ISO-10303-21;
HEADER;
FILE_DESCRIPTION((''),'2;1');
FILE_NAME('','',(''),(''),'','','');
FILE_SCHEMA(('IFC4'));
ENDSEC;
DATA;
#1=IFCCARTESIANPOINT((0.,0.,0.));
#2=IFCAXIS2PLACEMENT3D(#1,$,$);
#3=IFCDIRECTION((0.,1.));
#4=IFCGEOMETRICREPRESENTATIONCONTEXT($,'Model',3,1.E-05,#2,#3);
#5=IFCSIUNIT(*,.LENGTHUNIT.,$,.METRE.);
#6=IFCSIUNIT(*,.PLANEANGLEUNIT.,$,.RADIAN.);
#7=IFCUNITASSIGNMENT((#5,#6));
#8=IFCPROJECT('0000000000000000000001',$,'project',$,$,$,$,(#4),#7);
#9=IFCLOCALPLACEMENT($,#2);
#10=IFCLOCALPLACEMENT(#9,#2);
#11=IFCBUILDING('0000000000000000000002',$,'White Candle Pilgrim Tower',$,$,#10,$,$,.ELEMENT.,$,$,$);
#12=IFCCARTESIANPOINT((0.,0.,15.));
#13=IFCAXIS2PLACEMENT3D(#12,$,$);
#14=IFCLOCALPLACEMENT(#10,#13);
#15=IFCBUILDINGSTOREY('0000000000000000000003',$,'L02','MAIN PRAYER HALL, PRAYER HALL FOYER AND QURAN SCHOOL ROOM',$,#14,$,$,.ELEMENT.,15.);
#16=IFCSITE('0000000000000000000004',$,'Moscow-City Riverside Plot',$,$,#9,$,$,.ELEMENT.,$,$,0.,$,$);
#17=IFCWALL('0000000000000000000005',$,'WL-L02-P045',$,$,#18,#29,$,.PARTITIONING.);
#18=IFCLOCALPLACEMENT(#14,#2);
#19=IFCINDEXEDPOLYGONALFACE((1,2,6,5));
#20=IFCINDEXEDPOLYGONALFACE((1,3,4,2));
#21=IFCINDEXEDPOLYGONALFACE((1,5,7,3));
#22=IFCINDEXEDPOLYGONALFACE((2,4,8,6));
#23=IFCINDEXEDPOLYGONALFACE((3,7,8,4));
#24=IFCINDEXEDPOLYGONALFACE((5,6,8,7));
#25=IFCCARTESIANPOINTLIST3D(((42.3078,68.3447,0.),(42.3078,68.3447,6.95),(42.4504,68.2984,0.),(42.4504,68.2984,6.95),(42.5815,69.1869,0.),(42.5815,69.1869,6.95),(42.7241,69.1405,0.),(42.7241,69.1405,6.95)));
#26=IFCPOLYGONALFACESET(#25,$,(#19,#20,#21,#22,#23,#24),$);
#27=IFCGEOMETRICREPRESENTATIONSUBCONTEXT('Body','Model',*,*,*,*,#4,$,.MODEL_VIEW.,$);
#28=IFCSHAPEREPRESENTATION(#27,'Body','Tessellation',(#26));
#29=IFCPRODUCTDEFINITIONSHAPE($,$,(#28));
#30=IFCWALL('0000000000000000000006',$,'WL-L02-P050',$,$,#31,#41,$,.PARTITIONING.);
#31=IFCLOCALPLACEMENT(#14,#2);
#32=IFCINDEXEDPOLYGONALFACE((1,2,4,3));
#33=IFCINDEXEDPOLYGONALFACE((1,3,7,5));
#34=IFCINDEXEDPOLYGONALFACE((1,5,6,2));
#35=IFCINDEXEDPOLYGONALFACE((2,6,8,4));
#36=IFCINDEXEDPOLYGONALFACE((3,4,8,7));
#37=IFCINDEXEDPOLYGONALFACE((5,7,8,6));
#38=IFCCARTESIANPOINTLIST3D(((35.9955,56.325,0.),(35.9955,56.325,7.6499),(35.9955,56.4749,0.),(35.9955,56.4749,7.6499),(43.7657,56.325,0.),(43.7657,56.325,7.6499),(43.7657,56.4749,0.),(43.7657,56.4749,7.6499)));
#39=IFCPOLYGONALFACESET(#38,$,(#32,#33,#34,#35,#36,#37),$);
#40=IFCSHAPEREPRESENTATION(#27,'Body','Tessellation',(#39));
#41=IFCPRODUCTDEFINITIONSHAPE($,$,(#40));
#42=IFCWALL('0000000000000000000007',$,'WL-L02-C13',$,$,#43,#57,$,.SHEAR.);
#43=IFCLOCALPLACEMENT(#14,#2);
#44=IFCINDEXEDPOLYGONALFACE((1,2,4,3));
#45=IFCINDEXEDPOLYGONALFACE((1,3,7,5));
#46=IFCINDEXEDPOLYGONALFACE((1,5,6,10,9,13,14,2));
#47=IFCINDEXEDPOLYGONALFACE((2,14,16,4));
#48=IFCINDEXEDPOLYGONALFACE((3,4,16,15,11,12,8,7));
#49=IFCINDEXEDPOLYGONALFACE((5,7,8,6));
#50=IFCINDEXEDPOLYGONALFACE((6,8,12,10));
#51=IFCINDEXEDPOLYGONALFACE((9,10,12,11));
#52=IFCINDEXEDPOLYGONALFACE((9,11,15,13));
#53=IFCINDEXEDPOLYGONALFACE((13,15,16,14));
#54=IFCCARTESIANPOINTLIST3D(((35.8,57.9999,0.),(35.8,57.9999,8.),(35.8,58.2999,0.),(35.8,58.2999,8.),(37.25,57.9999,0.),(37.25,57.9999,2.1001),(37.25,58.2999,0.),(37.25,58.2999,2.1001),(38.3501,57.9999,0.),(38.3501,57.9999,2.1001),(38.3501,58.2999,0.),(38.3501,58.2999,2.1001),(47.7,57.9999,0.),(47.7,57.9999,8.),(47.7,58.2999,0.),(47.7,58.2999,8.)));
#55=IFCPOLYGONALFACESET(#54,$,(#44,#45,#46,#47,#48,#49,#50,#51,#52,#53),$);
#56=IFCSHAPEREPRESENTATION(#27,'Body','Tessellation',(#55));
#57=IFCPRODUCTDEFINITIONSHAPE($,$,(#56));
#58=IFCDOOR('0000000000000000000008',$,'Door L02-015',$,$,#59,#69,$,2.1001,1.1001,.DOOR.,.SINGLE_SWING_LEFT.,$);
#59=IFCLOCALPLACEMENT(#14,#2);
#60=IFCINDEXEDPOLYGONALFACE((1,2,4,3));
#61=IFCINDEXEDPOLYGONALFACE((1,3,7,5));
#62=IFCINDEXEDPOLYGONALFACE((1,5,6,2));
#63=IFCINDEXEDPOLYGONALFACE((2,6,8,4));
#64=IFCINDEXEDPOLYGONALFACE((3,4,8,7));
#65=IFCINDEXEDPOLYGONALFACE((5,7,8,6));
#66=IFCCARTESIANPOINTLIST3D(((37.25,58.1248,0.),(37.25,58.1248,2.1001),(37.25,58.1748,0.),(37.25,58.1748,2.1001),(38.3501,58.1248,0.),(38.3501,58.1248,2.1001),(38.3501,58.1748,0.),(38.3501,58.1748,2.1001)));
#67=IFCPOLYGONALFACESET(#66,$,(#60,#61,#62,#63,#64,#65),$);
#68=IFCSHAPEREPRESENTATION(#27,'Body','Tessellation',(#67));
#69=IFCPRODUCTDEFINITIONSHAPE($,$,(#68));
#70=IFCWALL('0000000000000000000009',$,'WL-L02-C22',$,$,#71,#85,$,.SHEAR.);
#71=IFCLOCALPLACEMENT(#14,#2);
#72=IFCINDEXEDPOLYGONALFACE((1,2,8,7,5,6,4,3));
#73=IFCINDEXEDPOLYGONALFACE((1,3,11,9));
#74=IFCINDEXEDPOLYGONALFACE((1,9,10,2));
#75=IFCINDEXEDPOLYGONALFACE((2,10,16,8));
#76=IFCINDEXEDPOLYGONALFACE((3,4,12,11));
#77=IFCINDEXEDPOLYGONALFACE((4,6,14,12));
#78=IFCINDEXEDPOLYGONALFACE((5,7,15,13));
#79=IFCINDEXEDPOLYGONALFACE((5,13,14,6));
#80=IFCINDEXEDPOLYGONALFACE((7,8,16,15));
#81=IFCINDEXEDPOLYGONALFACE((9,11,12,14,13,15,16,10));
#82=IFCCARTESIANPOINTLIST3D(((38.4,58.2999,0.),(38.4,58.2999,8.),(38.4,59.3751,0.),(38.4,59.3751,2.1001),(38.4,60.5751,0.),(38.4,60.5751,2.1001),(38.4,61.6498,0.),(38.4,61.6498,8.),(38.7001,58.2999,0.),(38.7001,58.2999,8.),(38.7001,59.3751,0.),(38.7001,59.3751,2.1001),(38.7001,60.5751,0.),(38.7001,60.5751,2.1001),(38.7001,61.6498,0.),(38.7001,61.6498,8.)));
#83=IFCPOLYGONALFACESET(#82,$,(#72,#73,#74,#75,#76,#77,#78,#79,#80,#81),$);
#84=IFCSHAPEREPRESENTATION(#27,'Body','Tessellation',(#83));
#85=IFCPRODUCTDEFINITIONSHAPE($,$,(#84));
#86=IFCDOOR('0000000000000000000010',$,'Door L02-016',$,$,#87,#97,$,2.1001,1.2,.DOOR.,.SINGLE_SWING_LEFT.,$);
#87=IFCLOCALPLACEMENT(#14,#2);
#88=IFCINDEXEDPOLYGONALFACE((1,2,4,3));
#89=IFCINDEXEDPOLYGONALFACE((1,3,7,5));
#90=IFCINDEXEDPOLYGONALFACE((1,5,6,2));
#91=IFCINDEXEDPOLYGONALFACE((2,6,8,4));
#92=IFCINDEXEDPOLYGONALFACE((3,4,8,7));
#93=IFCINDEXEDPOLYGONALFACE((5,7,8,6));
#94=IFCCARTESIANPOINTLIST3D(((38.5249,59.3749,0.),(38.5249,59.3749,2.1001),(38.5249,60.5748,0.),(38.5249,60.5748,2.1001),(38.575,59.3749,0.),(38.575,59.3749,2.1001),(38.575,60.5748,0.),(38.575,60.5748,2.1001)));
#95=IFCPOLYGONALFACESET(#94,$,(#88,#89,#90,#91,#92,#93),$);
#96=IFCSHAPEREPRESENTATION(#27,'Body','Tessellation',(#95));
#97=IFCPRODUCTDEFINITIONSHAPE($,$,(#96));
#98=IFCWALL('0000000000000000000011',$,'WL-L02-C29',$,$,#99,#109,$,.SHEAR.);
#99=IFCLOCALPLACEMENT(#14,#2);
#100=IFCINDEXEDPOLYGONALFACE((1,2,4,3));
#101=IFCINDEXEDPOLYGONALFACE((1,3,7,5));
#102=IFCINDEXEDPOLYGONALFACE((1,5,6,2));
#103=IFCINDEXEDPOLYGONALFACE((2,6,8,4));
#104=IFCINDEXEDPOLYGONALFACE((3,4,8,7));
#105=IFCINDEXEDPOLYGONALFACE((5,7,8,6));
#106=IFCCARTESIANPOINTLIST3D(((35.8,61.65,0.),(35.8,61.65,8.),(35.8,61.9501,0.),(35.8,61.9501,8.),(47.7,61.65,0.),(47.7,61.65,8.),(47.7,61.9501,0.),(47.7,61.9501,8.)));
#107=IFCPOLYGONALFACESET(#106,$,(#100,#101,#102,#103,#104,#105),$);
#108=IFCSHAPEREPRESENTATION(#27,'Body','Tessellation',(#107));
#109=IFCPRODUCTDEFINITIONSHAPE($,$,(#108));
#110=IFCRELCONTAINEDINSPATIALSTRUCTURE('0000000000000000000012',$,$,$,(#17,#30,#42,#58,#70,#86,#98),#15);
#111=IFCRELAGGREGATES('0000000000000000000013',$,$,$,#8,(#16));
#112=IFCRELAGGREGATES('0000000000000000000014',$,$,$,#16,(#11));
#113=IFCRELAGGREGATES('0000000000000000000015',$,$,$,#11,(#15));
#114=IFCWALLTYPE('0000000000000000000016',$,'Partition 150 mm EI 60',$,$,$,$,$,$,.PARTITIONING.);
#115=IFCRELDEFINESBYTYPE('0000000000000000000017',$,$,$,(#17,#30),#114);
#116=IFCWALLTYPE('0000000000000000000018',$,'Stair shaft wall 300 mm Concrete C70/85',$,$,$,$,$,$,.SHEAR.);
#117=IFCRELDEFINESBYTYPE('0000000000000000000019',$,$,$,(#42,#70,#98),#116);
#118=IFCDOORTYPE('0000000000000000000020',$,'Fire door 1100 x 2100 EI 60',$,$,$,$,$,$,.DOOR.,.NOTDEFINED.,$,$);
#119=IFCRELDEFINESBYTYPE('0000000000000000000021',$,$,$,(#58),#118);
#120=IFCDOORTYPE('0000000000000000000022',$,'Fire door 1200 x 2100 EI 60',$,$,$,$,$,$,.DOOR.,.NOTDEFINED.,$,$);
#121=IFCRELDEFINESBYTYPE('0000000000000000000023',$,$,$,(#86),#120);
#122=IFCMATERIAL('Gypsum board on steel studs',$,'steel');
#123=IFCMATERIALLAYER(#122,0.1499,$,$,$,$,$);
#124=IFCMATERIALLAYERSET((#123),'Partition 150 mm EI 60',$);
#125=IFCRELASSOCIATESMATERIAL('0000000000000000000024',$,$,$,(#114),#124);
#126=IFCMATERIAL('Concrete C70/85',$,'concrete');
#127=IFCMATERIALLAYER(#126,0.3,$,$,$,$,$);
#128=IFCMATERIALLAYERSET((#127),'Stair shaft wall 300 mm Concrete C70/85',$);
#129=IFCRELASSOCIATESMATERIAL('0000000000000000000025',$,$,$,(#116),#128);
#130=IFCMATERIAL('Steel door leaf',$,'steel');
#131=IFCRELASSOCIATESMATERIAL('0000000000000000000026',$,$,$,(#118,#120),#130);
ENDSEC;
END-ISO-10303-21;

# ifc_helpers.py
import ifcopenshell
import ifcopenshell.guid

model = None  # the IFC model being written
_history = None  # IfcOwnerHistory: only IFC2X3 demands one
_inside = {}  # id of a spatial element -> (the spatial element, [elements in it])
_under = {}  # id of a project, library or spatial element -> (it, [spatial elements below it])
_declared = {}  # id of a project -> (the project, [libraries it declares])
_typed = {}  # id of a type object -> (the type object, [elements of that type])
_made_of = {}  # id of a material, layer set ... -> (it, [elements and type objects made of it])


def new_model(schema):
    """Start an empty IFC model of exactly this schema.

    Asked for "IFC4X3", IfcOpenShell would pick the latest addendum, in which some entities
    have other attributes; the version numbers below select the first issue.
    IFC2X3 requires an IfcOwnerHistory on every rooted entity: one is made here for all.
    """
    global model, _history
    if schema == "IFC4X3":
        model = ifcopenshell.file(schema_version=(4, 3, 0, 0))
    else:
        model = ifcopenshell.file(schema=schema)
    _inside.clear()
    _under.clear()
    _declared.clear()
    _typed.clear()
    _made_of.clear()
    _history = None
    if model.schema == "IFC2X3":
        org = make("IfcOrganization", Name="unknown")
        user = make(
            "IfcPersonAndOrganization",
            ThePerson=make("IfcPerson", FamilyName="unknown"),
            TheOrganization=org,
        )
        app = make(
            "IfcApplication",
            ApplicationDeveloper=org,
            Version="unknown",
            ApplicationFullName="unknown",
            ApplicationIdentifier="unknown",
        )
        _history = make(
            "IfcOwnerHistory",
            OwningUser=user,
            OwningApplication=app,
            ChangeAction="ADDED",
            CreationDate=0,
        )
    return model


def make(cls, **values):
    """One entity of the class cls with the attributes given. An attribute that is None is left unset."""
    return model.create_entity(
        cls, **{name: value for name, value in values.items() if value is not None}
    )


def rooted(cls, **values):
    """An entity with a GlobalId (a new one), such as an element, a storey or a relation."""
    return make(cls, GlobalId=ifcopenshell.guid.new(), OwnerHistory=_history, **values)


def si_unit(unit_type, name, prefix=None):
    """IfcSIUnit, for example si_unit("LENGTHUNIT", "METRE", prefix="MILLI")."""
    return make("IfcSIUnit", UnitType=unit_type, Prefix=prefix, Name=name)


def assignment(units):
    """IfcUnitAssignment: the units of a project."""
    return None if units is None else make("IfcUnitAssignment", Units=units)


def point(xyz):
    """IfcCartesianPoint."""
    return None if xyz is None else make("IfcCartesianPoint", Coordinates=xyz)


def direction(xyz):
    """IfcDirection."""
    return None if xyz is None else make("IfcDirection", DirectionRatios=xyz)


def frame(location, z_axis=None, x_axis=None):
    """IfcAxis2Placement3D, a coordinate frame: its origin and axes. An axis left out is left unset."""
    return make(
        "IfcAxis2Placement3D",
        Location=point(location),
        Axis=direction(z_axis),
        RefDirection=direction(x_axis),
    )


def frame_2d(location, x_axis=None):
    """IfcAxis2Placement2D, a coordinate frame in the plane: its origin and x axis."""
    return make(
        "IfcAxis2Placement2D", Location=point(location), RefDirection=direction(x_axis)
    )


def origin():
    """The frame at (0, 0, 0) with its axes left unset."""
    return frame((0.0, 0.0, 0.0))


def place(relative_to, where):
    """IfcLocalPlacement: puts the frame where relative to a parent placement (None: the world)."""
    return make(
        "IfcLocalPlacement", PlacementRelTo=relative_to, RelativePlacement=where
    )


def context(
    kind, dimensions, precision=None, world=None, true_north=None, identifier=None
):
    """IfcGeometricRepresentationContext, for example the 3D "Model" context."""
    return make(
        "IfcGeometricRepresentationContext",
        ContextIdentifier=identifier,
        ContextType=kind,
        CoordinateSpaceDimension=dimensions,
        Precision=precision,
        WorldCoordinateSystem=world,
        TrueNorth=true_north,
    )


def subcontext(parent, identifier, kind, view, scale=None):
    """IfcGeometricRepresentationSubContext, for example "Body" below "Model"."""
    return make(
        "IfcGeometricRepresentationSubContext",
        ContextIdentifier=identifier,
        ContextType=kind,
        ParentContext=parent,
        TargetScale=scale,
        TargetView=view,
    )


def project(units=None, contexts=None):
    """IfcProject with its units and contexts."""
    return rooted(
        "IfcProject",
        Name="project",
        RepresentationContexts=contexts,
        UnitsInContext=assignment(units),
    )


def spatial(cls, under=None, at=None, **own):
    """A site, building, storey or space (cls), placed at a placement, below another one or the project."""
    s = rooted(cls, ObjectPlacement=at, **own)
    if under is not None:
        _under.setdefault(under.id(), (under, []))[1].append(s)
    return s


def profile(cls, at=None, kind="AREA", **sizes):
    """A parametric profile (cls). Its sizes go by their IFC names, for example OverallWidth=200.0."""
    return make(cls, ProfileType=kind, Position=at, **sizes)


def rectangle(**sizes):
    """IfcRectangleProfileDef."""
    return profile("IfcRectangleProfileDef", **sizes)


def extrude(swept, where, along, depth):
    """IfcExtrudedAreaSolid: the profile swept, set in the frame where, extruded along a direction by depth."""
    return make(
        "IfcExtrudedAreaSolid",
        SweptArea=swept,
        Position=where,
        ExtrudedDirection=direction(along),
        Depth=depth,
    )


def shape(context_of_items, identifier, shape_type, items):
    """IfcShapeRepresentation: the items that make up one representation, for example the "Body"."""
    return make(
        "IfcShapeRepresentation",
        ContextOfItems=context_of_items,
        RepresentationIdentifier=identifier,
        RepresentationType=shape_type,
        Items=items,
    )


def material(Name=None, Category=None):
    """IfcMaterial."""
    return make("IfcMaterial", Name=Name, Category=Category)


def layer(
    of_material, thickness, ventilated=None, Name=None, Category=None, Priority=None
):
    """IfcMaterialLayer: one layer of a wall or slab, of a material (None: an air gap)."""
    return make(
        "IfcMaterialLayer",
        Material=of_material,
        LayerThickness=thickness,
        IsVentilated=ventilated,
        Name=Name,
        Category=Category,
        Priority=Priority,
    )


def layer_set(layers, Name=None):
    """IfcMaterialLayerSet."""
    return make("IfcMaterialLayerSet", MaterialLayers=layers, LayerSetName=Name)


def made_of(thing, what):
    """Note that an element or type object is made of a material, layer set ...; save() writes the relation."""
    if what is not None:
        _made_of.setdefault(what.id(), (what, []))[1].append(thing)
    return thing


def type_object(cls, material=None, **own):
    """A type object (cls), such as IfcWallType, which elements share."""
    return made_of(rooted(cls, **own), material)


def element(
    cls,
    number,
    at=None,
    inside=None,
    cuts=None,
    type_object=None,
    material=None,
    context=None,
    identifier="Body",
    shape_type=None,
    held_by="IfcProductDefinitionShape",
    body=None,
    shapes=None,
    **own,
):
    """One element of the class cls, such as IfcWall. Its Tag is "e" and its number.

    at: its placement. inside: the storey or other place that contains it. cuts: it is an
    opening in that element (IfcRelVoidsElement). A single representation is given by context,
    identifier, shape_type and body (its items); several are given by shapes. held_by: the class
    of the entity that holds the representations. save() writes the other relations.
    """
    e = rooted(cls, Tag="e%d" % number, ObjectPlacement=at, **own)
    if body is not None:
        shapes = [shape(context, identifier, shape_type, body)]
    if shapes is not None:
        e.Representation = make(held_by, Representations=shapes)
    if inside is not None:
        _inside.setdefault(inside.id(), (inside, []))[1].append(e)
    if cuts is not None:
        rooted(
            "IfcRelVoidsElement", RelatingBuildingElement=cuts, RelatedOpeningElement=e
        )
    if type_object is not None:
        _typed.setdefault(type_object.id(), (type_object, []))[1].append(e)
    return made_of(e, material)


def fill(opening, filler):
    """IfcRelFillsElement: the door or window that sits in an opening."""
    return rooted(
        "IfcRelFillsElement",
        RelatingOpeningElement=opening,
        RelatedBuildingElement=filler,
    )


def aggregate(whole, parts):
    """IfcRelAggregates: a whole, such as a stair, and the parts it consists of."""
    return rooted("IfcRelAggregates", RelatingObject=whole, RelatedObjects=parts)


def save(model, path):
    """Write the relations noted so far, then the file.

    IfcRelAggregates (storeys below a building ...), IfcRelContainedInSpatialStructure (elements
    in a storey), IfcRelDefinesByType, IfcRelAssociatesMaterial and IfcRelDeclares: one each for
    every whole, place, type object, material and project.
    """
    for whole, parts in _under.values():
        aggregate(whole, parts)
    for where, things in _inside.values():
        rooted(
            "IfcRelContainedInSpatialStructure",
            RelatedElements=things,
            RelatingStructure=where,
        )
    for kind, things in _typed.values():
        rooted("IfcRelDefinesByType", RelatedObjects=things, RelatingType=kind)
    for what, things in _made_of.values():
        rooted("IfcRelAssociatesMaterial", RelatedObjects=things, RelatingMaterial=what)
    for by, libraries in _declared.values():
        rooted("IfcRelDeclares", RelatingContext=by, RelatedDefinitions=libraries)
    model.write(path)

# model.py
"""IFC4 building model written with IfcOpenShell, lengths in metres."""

from ifc_helpers import new_model, si_unit, direction, frame, frame_2d, origin, place, context, subcontext, project, spatial, rectangle, extrude, material, layer, layer_set, type_object, element, fill, save


model = new_model("IFC4")

# Units and contexts
model_context = context("Model", 3, precision=1e-05, world=origin(), true_north=direction((0.0, 1.0)))
body_context = subcontext(model_context, "Body", "Model", "MODEL_VIEW")
ifc_project = project(units=[si_unit("LENGTHUNIT", "METRE"), si_unit("PLANEANGLEUNIT", "RADIAN")], contexts=[model_context])

# Site, building, storey
site_placement = place(None, origin())
site = spatial("IfcSite", under=ifc_project, at=site_placement, Name="Moscow-City Riverside Plot", CompositionType="ELEMENT", RefElevation=0.0)
building_placement = place(site_placement, origin())
building = spatial("IfcBuilding", under=site, at=building_placement, Name="White Candle Pilgrim Tower", CompositionType="ELEMENT")
storey_placement = place(building_placement, frame((0.0, 0.0, 15.0)))
storey = spatial("IfcBuildingStorey", under=building, at=storey_placement, Name="L02", Description="MAIN PRAYER HALL, PRAYER HALL FOYER AND QURAN SCHOOL ROOM", CompositionType="ELEMENT", Elevation=15.0)

# Walls
ifc_material_1 = material(Name="Concrete C70/85", Category="concrete")
ifc_material_2 = material(Name="Gypsum board on steel studs", Category="steel")
ifc_layer_1 = layer(ifc_material_2, 0.1499)
ifc_layer_set_1 = layer_set([ifc_layer_1], Name="Partition 150 mm EI 60")
wall_type_1 = type_object("IfcWallType", Name="Partition 150 mm EI 60", PredefinedType="PARTITIONING", material=ifc_layer_set_1)
wall_1_placement = place(storey_placement, frame((42.6528, 69.1638, 0.0), z_axis=(0.0, 0.0, 1.0), x_axis=(-0.309105, -0.951028, 0.0)))
element("IfcWall", 1, at=wall_1_placement, inside=storey, type_object=wall_type_1, Name="WL-L02-P045", PredefinedType="PARTITIONING", context=body_context, shape_type="SweptSolid", body=[
    extrude(rectangle(XDim=0.8855, YDim=0.1499, at=frame_2d((0.4429, 0.0))), origin(), (0.0, 0.0, 1.0), 6.95),
])
wall_2_placement = place(storey_placement, frame((35.9954, 56.3999, 0.0), z_axis=(0.0, 0.0, 1.0), x_axis=(1.0, 0.0, 0.0)))
element("IfcWall", 2, at=wall_2_placement, inside=storey, type_object=wall_type_1, Name="WL-L02-P050", PredefinedType="PARTITIONING", context=body_context, shape_type="SweptSolid", body=[
    extrude(rectangle(XDim=7.7703, YDim=0.1499, at=frame_2d((3.8853, 0.0))), origin(), (0.0, 0.0, 1.0), 7.6499),
])

# Walls, openings, doors
ifc_layer_2 = layer(ifc_material_1, 0.3)
ifc_layer_set_2 = layer_set([ifc_layer_2], Name="Stair shaft wall 300 mm Concrete C70/85")
wall_type_2 = type_object("IfcWallType", Name="Stair shaft wall 300 mm Concrete C70/85", PredefinedType="SHEAR", material=ifc_layer_set_2)
wall_3_placement = place(storey_placement, frame((35.8, 58.1499, 0.0), z_axis=(0.0, 0.0, 1.0), x_axis=(1.0, 0.0, 0.0)))
wall_3 = element("IfcWall", 3, at=wall_3_placement, inside=storey, type_object=wall_type_2, Name="WL-L02-C13", PredefinedType="SHEAR", context=body_context, shape_type="SweptSolid", body=[
    extrude(rectangle(XDim=11.8999, YDim=0.3, at=frame_2d((5.95, 0.0))), origin(), (0.0, 0.0, 1.0), 8.0),
])
opening_1_placement = place(wall_3_placement, frame((1.45, 0.0, 0.0)))
opening_1 = element("IfcOpeningElement", 4, at=opening_1_placement, cuts=wall_3, PredefinedType="OPENING", context=body_context, shape_type="SweptSolid", body=[
    extrude(rectangle(XDim=1.1001, YDim=2.1001, at=frame_2d((0.55, 1.05))), frame((0.0, 0.1599, 0.0), z_axis=(0.0, -1.0, 0.0), x_axis=(1.0, 0.0, 0.0)), (0.0, 0.0, 1.0), 0.3201),
])
ifc_material_3 = material(Name="Steel door leaf", Category="steel")
door_type_1 = type_object("IfcDoorType", Name="Fire door 1100 x 2100 EI 60", OperationType="NOTDEFINED", PredefinedType="DOOR", material=ifc_material_3)
door_1_placement = place(opening_1_placement, origin())
door_1 = element("IfcDoor", 5, at=door_1_placement, inside=storey, type_object=door_type_1, Name="Door L02-015", OperationType="SINGLE_SWING_LEFT", OverallHeight=2.1001, OverallWidth=1.1001, PredefinedType="DOOR", context=body_context, shape_type="SweptSolid", body=[
    extrude(rectangle(XDim=1.1001, YDim=2.1001, at=frame_2d((0.55, 1.05))), frame((0.0, 0.0249, 0.0), z_axis=(0.0, -1.0, 0.0), x_axis=(1.0, 0.0, 0.0)), (0.0, 0.0, 1.0), 0.05),
])
fill(opening_1, door_1)
wall_4_placement = place(storey_placement, frame((38.55, 58.3, 0.0), z_axis=(0.0, 0.0, 1.0), x_axis=(0.0, 1.0, 0.0)))
wall_4 = element("IfcWall", 6, at=wall_4_placement, inside=storey, type_object=wall_type_2, Name="WL-L02-C22", PredefinedType="SHEAR", context=body_context, shape_type="SweptSolid", body=[
    extrude(rectangle(XDim=3.3499, YDim=0.3, at=frame_2d((1.6748, 0.0))), origin(), (0.0, 0.0, 1.0), 8.0),
])
opening_2_placement = place(wall_4_placement, frame((1.075, 0.0, 0.0)))
opening_2 = element("IfcOpeningElement", 7, at=opening_2_placement, cuts=wall_4, PredefinedType="OPENING", context=body_context, shape_type="SweptSolid", body=[
    extrude(rectangle(XDim=1.2, YDim=2.1001, at=frame_2d((0.6001, 1.05))), frame((0.0, 0.1599, 0.0), z_axis=(0.0, -1.0, 0.0), x_axis=(1.0, 0.0, 0.0)), (0.0, 0.0, 1.0), 0.3201),
])
door_type_2 = type_object("IfcDoorType", Name="Fire door 1200 x 2100 EI 60", OperationType="NOTDEFINED", PredefinedType="DOOR", material=ifc_material_3)
door_2_placement = place(opening_2_placement, frame((1.2, 0.0, 0.0), z_axis=(0.0, 0.0, 1.0), x_axis=(-1.0, 0.0, 0.0)))
door_2 = element("IfcDoor", 8, at=door_2_placement, inside=storey, type_object=door_type_2, Name="Door L02-016", OperationType="SINGLE_SWING_LEFT", OverallHeight=2.1001, OverallWidth=1.2, PredefinedType="DOOR", context=body_context, shape_type="SweptSolid", body=[
    extrude(rectangle(XDim=1.2, YDim=2.1001, at=frame_2d((0.6001, 1.05))), frame((0.0, 0.0249, 0.0), z_axis=(0.0, -1.0, 0.0), x_axis=(1.0, 0.0, 0.0)), (0.0, 0.0, 1.0), 0.05),
])
fill(opening_2, door_2)

# Wall
wall_5_placement = place(storey_placement, frame((35.8, 61.8, 0.0), z_axis=(0.0, 0.0, 1.0), x_axis=(1.0, 0.0, 0.0)))
element("IfcWall", 9, at=wall_5_placement, inside=storey, type_object=wall_type_2, Name="WL-L02-C29", PredefinedType="SHEAR", context=body_context, shape_type="SweptSolid", body=[
    extrude(rectangle(XDim=11.8999, YDim=0.3, at=frame_2d((5.95, 0.0))), origin(), (0.0, 0.0, 1.0), 8.0),
])

save(model, "model.ifc")
